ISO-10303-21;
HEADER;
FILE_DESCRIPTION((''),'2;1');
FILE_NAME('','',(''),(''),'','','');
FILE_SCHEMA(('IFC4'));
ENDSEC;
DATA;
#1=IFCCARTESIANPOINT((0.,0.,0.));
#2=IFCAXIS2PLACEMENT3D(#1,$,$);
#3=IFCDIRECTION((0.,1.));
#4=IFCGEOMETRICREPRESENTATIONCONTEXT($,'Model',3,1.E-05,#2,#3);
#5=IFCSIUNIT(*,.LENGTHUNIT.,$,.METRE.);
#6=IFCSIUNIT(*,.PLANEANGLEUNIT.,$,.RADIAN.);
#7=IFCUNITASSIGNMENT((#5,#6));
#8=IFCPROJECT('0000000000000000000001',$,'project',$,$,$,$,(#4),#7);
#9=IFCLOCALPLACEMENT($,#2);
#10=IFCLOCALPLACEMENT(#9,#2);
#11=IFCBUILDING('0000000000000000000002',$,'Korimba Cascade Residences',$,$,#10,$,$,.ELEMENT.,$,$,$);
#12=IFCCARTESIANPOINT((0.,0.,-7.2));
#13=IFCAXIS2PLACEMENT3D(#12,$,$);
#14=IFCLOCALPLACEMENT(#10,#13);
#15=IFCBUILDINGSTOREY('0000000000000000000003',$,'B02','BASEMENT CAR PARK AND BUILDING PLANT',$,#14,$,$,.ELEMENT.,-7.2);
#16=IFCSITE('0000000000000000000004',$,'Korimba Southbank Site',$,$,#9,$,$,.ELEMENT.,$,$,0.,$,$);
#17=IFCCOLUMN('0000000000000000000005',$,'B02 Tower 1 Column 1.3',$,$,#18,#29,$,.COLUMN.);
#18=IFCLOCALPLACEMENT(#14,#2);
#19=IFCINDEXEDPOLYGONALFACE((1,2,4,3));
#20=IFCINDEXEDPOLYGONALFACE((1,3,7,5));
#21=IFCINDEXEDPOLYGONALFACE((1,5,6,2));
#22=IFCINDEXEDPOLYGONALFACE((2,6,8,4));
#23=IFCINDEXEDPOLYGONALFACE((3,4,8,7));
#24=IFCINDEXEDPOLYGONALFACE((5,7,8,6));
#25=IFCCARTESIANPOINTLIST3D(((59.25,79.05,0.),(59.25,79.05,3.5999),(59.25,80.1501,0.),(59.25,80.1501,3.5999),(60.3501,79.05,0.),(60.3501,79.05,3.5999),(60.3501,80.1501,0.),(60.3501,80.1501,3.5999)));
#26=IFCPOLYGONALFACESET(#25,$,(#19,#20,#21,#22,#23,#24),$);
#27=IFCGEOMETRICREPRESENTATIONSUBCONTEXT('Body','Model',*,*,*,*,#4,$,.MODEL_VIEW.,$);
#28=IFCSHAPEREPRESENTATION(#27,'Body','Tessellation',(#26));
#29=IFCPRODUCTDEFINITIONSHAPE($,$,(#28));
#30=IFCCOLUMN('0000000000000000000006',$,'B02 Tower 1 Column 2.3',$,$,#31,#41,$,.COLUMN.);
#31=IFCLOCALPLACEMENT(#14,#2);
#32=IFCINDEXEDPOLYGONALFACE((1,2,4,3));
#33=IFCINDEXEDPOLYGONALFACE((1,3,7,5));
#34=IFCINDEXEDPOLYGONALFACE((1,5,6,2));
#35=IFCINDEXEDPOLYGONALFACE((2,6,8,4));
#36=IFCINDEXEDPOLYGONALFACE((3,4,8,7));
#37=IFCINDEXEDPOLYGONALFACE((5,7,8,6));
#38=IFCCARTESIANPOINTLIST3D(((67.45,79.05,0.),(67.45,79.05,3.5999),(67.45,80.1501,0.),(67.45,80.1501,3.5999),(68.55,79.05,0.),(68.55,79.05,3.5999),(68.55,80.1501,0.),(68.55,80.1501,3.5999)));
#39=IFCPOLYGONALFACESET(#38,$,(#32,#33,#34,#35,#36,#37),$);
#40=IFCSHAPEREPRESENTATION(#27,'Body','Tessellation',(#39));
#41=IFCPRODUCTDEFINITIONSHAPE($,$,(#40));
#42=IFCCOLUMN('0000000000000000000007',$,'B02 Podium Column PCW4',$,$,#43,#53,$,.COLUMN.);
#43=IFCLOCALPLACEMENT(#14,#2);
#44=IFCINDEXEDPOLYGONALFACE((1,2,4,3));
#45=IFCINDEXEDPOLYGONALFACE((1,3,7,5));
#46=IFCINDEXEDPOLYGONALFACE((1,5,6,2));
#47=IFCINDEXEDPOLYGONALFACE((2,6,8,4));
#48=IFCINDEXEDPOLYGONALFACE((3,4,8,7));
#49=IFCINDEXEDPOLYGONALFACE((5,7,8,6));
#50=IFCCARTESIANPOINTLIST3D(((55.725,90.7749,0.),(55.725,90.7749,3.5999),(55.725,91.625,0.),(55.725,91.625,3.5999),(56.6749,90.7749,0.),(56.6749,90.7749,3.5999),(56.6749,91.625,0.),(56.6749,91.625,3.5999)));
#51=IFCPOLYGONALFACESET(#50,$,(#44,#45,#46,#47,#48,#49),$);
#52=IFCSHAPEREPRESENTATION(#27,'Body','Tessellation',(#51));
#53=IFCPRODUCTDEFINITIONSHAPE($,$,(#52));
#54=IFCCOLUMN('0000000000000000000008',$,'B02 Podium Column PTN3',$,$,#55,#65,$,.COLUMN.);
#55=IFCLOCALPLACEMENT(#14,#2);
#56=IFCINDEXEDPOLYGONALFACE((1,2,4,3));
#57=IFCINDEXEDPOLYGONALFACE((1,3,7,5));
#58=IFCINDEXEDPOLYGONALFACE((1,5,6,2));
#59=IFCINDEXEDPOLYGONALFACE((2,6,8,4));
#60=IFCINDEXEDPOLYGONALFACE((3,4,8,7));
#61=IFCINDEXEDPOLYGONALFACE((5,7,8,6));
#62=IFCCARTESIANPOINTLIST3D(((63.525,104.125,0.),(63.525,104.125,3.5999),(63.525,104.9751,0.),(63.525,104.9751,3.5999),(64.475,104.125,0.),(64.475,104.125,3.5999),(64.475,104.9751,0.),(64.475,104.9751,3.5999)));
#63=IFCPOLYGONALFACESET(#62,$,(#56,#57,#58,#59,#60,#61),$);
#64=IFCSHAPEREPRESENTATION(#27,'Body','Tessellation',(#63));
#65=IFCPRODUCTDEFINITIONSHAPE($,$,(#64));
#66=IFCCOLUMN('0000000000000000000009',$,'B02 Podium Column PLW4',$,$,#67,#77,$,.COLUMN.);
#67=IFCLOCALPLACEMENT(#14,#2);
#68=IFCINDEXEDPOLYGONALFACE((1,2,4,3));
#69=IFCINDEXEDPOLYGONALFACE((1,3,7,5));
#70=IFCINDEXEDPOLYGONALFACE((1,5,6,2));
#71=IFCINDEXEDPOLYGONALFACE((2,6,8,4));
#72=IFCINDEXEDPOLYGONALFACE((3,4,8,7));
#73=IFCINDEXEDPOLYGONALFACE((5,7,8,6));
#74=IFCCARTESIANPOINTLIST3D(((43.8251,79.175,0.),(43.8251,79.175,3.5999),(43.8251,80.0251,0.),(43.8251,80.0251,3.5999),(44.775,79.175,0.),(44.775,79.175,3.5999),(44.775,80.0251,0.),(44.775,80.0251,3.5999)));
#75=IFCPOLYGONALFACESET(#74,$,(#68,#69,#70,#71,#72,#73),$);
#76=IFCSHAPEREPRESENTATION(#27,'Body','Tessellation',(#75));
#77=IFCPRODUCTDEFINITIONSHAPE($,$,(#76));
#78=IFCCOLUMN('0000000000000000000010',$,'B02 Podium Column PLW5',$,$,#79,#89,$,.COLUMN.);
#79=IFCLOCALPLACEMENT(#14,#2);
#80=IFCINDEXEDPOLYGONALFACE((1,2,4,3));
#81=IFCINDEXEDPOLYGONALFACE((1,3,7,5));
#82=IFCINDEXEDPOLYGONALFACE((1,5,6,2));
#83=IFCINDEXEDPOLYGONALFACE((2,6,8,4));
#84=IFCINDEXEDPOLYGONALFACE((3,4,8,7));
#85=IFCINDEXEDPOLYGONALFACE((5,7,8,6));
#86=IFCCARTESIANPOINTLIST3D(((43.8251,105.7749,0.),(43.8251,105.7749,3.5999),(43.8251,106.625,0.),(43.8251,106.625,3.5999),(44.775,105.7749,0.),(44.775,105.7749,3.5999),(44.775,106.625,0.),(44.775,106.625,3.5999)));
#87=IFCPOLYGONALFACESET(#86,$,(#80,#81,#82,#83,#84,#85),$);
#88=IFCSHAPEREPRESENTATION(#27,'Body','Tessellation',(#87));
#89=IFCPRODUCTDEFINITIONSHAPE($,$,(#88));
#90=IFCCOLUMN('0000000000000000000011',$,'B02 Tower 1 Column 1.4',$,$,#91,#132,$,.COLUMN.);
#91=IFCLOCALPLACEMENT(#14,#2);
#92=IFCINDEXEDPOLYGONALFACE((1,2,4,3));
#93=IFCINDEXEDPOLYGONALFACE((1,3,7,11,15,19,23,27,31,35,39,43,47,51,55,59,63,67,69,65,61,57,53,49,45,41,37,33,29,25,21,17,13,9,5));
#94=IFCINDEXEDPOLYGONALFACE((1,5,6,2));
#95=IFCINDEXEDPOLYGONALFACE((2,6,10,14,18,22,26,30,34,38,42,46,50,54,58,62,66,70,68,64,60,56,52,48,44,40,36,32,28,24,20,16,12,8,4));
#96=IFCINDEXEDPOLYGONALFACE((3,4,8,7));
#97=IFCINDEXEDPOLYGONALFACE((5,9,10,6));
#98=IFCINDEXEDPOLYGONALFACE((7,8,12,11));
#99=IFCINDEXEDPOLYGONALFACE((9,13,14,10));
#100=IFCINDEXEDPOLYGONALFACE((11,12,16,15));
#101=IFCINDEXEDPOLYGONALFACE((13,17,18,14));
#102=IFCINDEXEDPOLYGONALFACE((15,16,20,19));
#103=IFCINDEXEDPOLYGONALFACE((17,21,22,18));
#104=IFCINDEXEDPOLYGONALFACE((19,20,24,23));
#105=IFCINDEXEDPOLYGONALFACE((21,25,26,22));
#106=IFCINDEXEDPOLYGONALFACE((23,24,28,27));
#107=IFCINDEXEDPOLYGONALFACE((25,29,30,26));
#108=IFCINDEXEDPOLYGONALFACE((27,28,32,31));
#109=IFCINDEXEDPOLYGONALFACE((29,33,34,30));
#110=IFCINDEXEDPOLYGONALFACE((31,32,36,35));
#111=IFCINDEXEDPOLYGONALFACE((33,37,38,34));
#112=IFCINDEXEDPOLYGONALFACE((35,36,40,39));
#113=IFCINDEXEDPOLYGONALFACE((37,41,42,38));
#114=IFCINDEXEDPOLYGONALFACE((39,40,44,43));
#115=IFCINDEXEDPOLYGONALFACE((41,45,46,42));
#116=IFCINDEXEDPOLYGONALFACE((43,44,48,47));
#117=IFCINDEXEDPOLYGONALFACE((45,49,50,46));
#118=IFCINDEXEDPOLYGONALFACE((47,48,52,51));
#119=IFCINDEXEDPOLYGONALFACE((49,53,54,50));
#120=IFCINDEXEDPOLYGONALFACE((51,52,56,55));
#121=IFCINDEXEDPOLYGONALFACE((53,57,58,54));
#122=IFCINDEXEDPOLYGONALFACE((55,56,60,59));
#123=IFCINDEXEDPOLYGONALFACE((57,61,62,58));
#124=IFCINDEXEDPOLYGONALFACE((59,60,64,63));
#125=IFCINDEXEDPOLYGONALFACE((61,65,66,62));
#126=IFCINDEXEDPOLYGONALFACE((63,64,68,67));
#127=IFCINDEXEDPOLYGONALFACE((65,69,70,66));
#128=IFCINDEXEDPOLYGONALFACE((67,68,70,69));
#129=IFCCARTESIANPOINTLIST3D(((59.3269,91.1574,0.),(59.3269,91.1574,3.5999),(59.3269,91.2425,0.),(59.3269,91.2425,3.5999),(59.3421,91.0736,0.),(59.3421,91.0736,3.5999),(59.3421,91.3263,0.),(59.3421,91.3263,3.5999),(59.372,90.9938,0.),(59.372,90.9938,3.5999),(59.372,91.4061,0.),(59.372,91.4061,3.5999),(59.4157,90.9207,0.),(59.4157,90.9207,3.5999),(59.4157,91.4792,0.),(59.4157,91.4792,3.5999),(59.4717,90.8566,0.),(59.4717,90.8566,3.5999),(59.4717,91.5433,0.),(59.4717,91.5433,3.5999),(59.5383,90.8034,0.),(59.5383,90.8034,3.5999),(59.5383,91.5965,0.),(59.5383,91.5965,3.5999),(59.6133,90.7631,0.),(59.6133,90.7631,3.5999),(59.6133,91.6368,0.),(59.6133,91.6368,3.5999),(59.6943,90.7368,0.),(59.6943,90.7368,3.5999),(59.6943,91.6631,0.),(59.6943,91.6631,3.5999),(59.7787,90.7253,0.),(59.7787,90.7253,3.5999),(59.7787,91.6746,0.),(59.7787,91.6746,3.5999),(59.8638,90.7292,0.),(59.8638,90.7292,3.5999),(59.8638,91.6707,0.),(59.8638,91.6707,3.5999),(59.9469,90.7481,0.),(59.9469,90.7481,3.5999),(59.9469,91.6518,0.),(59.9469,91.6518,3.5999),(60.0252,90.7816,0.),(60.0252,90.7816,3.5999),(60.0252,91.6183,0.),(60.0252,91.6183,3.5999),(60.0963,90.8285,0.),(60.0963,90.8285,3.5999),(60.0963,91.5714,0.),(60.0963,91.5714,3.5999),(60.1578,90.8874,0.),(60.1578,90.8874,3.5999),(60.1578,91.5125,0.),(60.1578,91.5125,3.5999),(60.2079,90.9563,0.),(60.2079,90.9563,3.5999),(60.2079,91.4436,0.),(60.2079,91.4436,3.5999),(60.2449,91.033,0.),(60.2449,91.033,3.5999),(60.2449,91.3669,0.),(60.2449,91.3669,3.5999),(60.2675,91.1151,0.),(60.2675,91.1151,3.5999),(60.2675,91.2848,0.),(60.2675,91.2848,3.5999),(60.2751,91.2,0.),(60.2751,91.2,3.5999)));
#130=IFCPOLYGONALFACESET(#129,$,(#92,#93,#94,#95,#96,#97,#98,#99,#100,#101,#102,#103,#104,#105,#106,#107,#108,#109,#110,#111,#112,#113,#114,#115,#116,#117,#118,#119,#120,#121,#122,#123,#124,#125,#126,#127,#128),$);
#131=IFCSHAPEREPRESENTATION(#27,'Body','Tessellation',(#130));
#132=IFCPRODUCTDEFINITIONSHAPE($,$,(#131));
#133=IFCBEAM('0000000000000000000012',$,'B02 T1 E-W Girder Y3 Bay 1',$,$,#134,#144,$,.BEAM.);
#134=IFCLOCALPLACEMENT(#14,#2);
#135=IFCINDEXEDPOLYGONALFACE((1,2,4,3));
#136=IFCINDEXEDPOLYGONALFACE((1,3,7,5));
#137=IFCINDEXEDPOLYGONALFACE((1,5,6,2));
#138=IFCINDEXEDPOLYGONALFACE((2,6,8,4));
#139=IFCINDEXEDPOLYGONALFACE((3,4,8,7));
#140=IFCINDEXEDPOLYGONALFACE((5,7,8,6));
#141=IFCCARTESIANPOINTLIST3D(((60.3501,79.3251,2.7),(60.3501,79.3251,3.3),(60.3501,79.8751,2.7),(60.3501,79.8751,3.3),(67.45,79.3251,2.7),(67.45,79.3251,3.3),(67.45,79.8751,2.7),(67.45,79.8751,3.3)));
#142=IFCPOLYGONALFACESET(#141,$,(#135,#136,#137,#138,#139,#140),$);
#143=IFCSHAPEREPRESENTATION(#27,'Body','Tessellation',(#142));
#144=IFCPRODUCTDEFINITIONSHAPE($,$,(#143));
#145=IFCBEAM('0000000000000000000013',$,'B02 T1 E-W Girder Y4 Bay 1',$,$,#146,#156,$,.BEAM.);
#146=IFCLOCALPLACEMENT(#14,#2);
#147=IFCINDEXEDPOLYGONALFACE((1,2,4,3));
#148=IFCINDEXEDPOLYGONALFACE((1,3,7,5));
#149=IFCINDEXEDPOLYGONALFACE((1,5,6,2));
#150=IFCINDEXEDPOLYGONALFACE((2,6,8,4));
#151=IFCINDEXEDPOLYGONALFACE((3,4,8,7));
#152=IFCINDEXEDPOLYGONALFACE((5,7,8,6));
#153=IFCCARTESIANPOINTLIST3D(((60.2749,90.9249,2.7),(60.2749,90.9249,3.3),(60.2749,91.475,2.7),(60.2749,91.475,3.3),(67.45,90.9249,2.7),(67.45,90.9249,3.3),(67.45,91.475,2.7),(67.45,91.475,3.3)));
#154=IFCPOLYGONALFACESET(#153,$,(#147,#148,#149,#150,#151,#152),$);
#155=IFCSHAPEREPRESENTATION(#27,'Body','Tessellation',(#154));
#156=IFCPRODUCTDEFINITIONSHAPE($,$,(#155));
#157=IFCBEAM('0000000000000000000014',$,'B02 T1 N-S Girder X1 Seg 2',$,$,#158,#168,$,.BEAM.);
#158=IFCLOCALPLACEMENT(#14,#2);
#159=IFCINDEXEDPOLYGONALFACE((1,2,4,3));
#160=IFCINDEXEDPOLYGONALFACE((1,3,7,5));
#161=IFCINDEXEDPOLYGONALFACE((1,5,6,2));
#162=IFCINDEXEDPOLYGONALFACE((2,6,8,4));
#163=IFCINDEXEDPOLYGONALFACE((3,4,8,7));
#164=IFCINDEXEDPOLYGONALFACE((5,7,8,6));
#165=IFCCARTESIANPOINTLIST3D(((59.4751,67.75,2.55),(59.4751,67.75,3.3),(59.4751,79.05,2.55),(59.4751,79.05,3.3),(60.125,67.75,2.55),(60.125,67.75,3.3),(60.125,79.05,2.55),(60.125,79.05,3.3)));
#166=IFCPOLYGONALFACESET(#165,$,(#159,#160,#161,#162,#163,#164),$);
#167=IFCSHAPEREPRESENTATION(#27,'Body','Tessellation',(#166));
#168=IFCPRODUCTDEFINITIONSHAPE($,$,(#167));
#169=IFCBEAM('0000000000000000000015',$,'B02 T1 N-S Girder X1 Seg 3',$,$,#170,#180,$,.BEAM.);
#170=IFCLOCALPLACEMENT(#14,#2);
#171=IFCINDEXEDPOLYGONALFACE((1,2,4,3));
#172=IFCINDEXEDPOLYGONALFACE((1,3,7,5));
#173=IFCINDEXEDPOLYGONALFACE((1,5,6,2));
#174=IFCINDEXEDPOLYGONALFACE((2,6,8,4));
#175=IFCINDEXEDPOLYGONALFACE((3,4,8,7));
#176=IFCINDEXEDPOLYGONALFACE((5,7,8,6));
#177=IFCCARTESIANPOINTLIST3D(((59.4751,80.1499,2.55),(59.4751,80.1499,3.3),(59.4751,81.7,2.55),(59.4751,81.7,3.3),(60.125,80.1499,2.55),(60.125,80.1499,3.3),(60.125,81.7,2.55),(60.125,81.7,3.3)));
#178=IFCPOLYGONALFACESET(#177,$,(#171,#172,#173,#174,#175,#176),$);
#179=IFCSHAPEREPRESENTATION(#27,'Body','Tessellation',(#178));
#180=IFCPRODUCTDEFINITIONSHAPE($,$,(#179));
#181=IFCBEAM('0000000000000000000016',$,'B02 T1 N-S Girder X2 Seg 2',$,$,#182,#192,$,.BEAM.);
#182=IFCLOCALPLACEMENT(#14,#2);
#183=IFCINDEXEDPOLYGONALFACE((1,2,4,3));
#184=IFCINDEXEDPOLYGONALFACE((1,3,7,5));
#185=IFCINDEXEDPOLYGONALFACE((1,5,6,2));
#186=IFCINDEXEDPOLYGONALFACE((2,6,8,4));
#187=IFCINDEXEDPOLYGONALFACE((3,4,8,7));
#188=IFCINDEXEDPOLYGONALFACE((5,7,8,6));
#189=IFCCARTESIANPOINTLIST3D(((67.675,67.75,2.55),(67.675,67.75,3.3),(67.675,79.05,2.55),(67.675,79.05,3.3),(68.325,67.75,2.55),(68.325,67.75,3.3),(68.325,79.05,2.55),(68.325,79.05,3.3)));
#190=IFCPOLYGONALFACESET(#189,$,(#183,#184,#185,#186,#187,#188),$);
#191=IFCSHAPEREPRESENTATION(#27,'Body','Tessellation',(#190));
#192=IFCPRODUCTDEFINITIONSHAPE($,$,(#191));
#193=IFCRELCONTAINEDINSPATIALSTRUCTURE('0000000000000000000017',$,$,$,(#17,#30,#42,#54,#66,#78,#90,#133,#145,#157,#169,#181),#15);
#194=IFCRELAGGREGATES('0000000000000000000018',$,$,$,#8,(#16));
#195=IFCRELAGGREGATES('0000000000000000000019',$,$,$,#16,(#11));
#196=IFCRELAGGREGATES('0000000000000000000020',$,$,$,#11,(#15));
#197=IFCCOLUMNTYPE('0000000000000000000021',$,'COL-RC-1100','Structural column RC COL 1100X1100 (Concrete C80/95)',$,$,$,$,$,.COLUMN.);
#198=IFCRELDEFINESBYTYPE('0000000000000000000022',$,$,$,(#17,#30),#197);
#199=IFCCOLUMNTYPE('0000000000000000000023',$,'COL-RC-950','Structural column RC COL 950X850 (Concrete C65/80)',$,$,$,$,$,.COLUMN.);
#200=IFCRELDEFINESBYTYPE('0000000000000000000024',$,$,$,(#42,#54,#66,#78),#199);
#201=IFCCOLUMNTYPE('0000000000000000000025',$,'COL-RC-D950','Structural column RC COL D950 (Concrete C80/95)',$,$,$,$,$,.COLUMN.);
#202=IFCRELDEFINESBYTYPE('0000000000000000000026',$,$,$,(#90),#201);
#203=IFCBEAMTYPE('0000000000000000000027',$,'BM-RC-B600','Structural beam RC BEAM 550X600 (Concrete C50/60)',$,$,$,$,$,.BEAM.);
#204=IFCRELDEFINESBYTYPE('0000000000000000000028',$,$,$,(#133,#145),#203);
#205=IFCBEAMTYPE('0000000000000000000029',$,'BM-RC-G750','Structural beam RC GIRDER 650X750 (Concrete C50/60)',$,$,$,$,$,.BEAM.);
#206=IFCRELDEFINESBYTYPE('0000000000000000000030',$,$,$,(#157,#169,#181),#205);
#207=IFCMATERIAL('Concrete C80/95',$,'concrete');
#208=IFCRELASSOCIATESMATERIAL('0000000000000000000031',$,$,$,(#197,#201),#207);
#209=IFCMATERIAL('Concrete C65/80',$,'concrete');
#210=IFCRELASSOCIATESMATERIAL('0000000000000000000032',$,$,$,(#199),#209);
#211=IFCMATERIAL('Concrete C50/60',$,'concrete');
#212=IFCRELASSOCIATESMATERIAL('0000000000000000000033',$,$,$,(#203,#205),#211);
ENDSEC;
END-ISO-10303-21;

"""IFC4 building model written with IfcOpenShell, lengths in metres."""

from ifc_helpers import new_model, si_unit, direction, frame, origin, origin_2d, place, context, subcontext, project, spatial, rectangle, circle, extrude, material, material_profile, profile_set, type_object, element, save


model = new_model("IFC4")

# Units and contexts
model_context = context("Model", 3, precision=1e-05, world=origin(), true_north=direction((0.0, 1.0)))
body_context = subcontext(model_context, "Body", "Model", "MODEL_VIEW")
ifc_project = project(units=[si_unit("LENGTHUNIT", "METRE"), si_unit("PLANEANGLEUNIT", "RADIAN")], contexts=[model_context])

# Site, building, storey
site_placement = place(None, origin())
site = spatial("IfcSite", under=ifc_project, at=site_placement, Name="Korimba Southbank Site", CompositionType="ELEMENT", RefElevation=0.0)
building_placement = place(site_placement, origin())
building = spatial("IfcBuilding", under=site, at=building_placement, Name="Korimba Cascade Residences", CompositionType="ELEMENT")
storey_placement = place(building_placement, frame((0.0, 0.0, -7.2)))
storey = spatial("IfcBuildingStorey", under=building, at=storey_placement, Name="B02", Description="BASEMENT CAR PARK AND BUILDING PLANT", CompositionType="ELEMENT", Elevation=-7.2)

# Columns
ifc_material_1 = material(Name="Concrete C80/95", Category="concrete")
ifc_material_profile_1 = material_profile(ifc_material_1, rectangle(XDim=1.1001, YDim=1.1001, at=origin_2d()), Name="Concrete C80/95")
ifc_profile_set_1 = profile_set([ifc_material_profile_1], Name="Concrete C80/95")
column_type_1 = type_object("IfcColumnType", Name="COL-RC-1100", Description="Structural column RC COL 1100X1100 (Concrete C80/95)", PredefinedType="COLUMN", material=ifc_profile_set_1)
for number, where, z_axis, x_axis, name in (
    (1, (59.8, 79.6001, 0.0), (0.0, 0.0, 1.0), (1.0, 0.0, 0.0), "B02 Tower 1 Column 1.3"),
    (2, (68.0, 79.6001, 0.0), (0.0, 0.0, 1.0), (1.0, 0.0, 0.0), "B02 Tower 1 Column 2.3"),
):
    element("IfcColumn", number, at=place(storey_placement, frame(where, z_axis=z_axis, x_axis=x_axis)), inside=storey, type_object=column_type_1, Name=name, PredefinedType="COLUMN", context=body_context, shape_type="SweptSolid", body=[
        extrude(rectangle(XDim=1.1001, YDim=1.1001, at=origin_2d()), origin(), (0.0, 0.0, 1.0), 3.5999),
    ])
ifc_material_2 = material(Name="Concrete C65/80", Category="concrete")
ifc_material_profile_2 = material_profile(ifc_material_2, rectangle(XDim=0.95, YDim=0.8501, at=origin_2d()), Name="Concrete C65/80")
ifc_profile_set_2 = profile_set([ifc_material_profile_2], Name="Concrete C65/80")
column_type_2 = type_object("IfcColumnType", Name="COL-RC-950", Description="Structural column RC COL 950X850 (Concrete C65/80)", PredefinedType="COLUMN", material=ifc_profile_set_2)
for number, where, z_axis, x_axis, name in (
    (3, (56.2, 91.2, 0.0), (0.0, 0.0, 1.0), (1.0, 0.0, 0.0), "B02 Podium Column PCW4"),
    (4, (64.0, 104.55, 0.0), (0.0, 0.0, 1.0), (1.0, 0.0, 0.0), "B02 Podium Column PTN3"),
    (5, (44.3, 79.6001, 0.0), (0.0, 0.0, 1.0), (1.0, 0.0, 0.0), "B02 Podium Column PLW4"),
    (6, (44.3, 106.2, 0.0), (0.0, 0.0, 1.0), (1.0, 0.0, 0.0), "B02 Podium Column PLW5"),
):
    element("IfcColumn", number, at=place(storey_placement, frame(where, z_axis=z_axis, x_axis=x_axis)), inside=storey, type_object=column_type_2, Name=name, PredefinedType="COLUMN", context=body_context, shape_type="SweptSolid", body=[
        extrude(rectangle(XDim=0.95, YDim=0.8501, at=origin_2d()), origin(), (0.0, 0.0, 1.0), 3.5999),
    ])
ifc_material_profile_3 = material_profile(ifc_material_1, circle(Radius=0.4751, at=origin_2d()), Name="Concrete C80/95")
ifc_profile_set_3 = profile_set([ifc_material_profile_3], Name="Concrete C80/95")
column_type_3 = type_object("IfcColumnType", Name="COL-RC-D950", Description="Structural column RC COL D950 (Concrete C80/95)", PredefinedType="COLUMN", material=ifc_profile_set_3)
column_placement = place(storey_placement, frame((59.8, 91.2, 0.0), z_axis=(0.0, 0.0, 1.0), x_axis=(1.0, 0.0, 0.0)))
element("IfcColumn", 7, at=column_placement, inside=storey, type_object=column_type_3, Name="B02 Tower 1 Column 1.4", PredefinedType="COLUMN", context=body_context, shape_type="SweptSolid", body=[
    extrude(circle(Radius=0.4751, at=origin_2d()), origin(), (0.0, 0.0, 1.0), 3.5999),
])

# Beams
ifc_material_3 = material(Name="Concrete C50/60", Category="concrete")
ifc_material_profile_4 = material_profile(ifc_material_3, rectangle(XDim=0.55, YDim=0.6001, at=origin_2d()), Name="Concrete C50/60")
ifc_profile_set_4 = profile_set([ifc_material_profile_4], Name="Concrete C50/60")
beam_type_1 = type_object("IfcBeamType", Name="BM-RC-B600", Description="Structural beam RC BEAM 550X600 (Concrete C50/60)", PredefinedType="BEAM", material=ifc_profile_set_4)
beam_1_placement = place(storey_placement, frame((60.3501, 79.6001, 3.0), z_axis=(1.0, 0.0, 0.0), x_axis=(0.0, 1.0, 0.0)))
element("IfcBeam", 8, at=beam_1_placement, inside=storey, type_object=beam_type_1, Name="B02 T1 E-W Girder Y3 Bay 1", PredefinedType="BEAM", context=body_context, shape_type="SweptSolid", body=[
    extrude(rectangle(XDim=0.55, YDim=0.6001, at=origin_2d()), origin(), (0.0, 0.0, 1.0), 7.0999),
])
beam_2_placement = place(storey_placement, frame((60.2749, 91.2, 3.0), z_axis=(1.0, 0.0, 0.0), x_axis=(0.0, 1.0, 0.0)))
element("IfcBeam", 9, at=beam_2_placement, inside=storey, type_object=beam_type_1, Name="B02 T1 E-W Girder Y4 Bay 1", PredefinedType="BEAM", context=body_context, shape_type="SweptSolid", body=[
    extrude(rectangle(XDim=0.55, YDim=0.6001, at=origin_2d()), origin(), (0.0, 0.0, 1.0), 7.175),
])
ifc_material_profile_5 = material_profile(ifc_material_3, rectangle(XDim=0.6499, YDim=0.75, at=origin_2d()), Name="Concrete C50/60")
ifc_profile_set_5 = profile_set([ifc_material_profile_5], Name="Concrete C50/60")
beam_type_2 = type_object("IfcBeamType", Name="BM-RC-G750", Description="Structural beam RC GIRDER 650X750 (Concrete C50/60)", PredefinedType="BEAM", material=ifc_profile_set_5)
beam_3_placement = place(storey_placement, frame((59.8, 67.75, 2.925), z_axis=(0.0, 1.0, 0.0), x_axis=(-1.0, 0.0, 0.0)))
element("IfcBeam", 10, at=beam_3_placement, inside=storey, type_object=beam_type_2, Name="B02 T1 N-S Girder X1 Seg 2", PredefinedType="BEAM", context=body_context, shape_type="SweptSolid", body=[
    extrude(rectangle(XDim=0.6499, YDim=0.75, at=origin_2d()), origin(), (0.0, 0.0, 1.0), 11.3),
])
beam_4_placement = place(storey_placement, frame((59.8, 80.1499, 2.925), z_axis=(0.0, 1.0, 0.0), x_axis=(-1.0, 0.0, 0.0)))
element("IfcBeam", 11, at=beam_4_placement, inside=storey, type_object=beam_type_2, Name="B02 T1 N-S Girder X1 Seg 3", PredefinedType="BEAM", context=body_context, shape_type="SweptSolid", body=[
    extrude(rectangle(XDim=0.6499, YDim=0.75, at=origin_2d()), origin(), (0.0, 0.0, 1.0), 1.55),
])
beam_5_placement = place(storey_placement, frame((68.0, 67.75, 2.925), z_axis=(0.0, 1.0, 0.0), x_axis=(-1.0, 0.0, 0.0)))
element("IfcBeam", 12, at=beam_5_placement, inside=storey, type_object=beam_type_2, Name="B02 T1 N-S Girder X2 Seg 2", PredefinedType="BEAM", context=body_context, shape_type="SweptSolid", body=[
    extrude(rectangle(XDim=0.6499, YDim=0.75, at=origin_2d()), origin(), (0.0, 0.0, 1.0), 11.3),
])

save(model, "model.ifc")
